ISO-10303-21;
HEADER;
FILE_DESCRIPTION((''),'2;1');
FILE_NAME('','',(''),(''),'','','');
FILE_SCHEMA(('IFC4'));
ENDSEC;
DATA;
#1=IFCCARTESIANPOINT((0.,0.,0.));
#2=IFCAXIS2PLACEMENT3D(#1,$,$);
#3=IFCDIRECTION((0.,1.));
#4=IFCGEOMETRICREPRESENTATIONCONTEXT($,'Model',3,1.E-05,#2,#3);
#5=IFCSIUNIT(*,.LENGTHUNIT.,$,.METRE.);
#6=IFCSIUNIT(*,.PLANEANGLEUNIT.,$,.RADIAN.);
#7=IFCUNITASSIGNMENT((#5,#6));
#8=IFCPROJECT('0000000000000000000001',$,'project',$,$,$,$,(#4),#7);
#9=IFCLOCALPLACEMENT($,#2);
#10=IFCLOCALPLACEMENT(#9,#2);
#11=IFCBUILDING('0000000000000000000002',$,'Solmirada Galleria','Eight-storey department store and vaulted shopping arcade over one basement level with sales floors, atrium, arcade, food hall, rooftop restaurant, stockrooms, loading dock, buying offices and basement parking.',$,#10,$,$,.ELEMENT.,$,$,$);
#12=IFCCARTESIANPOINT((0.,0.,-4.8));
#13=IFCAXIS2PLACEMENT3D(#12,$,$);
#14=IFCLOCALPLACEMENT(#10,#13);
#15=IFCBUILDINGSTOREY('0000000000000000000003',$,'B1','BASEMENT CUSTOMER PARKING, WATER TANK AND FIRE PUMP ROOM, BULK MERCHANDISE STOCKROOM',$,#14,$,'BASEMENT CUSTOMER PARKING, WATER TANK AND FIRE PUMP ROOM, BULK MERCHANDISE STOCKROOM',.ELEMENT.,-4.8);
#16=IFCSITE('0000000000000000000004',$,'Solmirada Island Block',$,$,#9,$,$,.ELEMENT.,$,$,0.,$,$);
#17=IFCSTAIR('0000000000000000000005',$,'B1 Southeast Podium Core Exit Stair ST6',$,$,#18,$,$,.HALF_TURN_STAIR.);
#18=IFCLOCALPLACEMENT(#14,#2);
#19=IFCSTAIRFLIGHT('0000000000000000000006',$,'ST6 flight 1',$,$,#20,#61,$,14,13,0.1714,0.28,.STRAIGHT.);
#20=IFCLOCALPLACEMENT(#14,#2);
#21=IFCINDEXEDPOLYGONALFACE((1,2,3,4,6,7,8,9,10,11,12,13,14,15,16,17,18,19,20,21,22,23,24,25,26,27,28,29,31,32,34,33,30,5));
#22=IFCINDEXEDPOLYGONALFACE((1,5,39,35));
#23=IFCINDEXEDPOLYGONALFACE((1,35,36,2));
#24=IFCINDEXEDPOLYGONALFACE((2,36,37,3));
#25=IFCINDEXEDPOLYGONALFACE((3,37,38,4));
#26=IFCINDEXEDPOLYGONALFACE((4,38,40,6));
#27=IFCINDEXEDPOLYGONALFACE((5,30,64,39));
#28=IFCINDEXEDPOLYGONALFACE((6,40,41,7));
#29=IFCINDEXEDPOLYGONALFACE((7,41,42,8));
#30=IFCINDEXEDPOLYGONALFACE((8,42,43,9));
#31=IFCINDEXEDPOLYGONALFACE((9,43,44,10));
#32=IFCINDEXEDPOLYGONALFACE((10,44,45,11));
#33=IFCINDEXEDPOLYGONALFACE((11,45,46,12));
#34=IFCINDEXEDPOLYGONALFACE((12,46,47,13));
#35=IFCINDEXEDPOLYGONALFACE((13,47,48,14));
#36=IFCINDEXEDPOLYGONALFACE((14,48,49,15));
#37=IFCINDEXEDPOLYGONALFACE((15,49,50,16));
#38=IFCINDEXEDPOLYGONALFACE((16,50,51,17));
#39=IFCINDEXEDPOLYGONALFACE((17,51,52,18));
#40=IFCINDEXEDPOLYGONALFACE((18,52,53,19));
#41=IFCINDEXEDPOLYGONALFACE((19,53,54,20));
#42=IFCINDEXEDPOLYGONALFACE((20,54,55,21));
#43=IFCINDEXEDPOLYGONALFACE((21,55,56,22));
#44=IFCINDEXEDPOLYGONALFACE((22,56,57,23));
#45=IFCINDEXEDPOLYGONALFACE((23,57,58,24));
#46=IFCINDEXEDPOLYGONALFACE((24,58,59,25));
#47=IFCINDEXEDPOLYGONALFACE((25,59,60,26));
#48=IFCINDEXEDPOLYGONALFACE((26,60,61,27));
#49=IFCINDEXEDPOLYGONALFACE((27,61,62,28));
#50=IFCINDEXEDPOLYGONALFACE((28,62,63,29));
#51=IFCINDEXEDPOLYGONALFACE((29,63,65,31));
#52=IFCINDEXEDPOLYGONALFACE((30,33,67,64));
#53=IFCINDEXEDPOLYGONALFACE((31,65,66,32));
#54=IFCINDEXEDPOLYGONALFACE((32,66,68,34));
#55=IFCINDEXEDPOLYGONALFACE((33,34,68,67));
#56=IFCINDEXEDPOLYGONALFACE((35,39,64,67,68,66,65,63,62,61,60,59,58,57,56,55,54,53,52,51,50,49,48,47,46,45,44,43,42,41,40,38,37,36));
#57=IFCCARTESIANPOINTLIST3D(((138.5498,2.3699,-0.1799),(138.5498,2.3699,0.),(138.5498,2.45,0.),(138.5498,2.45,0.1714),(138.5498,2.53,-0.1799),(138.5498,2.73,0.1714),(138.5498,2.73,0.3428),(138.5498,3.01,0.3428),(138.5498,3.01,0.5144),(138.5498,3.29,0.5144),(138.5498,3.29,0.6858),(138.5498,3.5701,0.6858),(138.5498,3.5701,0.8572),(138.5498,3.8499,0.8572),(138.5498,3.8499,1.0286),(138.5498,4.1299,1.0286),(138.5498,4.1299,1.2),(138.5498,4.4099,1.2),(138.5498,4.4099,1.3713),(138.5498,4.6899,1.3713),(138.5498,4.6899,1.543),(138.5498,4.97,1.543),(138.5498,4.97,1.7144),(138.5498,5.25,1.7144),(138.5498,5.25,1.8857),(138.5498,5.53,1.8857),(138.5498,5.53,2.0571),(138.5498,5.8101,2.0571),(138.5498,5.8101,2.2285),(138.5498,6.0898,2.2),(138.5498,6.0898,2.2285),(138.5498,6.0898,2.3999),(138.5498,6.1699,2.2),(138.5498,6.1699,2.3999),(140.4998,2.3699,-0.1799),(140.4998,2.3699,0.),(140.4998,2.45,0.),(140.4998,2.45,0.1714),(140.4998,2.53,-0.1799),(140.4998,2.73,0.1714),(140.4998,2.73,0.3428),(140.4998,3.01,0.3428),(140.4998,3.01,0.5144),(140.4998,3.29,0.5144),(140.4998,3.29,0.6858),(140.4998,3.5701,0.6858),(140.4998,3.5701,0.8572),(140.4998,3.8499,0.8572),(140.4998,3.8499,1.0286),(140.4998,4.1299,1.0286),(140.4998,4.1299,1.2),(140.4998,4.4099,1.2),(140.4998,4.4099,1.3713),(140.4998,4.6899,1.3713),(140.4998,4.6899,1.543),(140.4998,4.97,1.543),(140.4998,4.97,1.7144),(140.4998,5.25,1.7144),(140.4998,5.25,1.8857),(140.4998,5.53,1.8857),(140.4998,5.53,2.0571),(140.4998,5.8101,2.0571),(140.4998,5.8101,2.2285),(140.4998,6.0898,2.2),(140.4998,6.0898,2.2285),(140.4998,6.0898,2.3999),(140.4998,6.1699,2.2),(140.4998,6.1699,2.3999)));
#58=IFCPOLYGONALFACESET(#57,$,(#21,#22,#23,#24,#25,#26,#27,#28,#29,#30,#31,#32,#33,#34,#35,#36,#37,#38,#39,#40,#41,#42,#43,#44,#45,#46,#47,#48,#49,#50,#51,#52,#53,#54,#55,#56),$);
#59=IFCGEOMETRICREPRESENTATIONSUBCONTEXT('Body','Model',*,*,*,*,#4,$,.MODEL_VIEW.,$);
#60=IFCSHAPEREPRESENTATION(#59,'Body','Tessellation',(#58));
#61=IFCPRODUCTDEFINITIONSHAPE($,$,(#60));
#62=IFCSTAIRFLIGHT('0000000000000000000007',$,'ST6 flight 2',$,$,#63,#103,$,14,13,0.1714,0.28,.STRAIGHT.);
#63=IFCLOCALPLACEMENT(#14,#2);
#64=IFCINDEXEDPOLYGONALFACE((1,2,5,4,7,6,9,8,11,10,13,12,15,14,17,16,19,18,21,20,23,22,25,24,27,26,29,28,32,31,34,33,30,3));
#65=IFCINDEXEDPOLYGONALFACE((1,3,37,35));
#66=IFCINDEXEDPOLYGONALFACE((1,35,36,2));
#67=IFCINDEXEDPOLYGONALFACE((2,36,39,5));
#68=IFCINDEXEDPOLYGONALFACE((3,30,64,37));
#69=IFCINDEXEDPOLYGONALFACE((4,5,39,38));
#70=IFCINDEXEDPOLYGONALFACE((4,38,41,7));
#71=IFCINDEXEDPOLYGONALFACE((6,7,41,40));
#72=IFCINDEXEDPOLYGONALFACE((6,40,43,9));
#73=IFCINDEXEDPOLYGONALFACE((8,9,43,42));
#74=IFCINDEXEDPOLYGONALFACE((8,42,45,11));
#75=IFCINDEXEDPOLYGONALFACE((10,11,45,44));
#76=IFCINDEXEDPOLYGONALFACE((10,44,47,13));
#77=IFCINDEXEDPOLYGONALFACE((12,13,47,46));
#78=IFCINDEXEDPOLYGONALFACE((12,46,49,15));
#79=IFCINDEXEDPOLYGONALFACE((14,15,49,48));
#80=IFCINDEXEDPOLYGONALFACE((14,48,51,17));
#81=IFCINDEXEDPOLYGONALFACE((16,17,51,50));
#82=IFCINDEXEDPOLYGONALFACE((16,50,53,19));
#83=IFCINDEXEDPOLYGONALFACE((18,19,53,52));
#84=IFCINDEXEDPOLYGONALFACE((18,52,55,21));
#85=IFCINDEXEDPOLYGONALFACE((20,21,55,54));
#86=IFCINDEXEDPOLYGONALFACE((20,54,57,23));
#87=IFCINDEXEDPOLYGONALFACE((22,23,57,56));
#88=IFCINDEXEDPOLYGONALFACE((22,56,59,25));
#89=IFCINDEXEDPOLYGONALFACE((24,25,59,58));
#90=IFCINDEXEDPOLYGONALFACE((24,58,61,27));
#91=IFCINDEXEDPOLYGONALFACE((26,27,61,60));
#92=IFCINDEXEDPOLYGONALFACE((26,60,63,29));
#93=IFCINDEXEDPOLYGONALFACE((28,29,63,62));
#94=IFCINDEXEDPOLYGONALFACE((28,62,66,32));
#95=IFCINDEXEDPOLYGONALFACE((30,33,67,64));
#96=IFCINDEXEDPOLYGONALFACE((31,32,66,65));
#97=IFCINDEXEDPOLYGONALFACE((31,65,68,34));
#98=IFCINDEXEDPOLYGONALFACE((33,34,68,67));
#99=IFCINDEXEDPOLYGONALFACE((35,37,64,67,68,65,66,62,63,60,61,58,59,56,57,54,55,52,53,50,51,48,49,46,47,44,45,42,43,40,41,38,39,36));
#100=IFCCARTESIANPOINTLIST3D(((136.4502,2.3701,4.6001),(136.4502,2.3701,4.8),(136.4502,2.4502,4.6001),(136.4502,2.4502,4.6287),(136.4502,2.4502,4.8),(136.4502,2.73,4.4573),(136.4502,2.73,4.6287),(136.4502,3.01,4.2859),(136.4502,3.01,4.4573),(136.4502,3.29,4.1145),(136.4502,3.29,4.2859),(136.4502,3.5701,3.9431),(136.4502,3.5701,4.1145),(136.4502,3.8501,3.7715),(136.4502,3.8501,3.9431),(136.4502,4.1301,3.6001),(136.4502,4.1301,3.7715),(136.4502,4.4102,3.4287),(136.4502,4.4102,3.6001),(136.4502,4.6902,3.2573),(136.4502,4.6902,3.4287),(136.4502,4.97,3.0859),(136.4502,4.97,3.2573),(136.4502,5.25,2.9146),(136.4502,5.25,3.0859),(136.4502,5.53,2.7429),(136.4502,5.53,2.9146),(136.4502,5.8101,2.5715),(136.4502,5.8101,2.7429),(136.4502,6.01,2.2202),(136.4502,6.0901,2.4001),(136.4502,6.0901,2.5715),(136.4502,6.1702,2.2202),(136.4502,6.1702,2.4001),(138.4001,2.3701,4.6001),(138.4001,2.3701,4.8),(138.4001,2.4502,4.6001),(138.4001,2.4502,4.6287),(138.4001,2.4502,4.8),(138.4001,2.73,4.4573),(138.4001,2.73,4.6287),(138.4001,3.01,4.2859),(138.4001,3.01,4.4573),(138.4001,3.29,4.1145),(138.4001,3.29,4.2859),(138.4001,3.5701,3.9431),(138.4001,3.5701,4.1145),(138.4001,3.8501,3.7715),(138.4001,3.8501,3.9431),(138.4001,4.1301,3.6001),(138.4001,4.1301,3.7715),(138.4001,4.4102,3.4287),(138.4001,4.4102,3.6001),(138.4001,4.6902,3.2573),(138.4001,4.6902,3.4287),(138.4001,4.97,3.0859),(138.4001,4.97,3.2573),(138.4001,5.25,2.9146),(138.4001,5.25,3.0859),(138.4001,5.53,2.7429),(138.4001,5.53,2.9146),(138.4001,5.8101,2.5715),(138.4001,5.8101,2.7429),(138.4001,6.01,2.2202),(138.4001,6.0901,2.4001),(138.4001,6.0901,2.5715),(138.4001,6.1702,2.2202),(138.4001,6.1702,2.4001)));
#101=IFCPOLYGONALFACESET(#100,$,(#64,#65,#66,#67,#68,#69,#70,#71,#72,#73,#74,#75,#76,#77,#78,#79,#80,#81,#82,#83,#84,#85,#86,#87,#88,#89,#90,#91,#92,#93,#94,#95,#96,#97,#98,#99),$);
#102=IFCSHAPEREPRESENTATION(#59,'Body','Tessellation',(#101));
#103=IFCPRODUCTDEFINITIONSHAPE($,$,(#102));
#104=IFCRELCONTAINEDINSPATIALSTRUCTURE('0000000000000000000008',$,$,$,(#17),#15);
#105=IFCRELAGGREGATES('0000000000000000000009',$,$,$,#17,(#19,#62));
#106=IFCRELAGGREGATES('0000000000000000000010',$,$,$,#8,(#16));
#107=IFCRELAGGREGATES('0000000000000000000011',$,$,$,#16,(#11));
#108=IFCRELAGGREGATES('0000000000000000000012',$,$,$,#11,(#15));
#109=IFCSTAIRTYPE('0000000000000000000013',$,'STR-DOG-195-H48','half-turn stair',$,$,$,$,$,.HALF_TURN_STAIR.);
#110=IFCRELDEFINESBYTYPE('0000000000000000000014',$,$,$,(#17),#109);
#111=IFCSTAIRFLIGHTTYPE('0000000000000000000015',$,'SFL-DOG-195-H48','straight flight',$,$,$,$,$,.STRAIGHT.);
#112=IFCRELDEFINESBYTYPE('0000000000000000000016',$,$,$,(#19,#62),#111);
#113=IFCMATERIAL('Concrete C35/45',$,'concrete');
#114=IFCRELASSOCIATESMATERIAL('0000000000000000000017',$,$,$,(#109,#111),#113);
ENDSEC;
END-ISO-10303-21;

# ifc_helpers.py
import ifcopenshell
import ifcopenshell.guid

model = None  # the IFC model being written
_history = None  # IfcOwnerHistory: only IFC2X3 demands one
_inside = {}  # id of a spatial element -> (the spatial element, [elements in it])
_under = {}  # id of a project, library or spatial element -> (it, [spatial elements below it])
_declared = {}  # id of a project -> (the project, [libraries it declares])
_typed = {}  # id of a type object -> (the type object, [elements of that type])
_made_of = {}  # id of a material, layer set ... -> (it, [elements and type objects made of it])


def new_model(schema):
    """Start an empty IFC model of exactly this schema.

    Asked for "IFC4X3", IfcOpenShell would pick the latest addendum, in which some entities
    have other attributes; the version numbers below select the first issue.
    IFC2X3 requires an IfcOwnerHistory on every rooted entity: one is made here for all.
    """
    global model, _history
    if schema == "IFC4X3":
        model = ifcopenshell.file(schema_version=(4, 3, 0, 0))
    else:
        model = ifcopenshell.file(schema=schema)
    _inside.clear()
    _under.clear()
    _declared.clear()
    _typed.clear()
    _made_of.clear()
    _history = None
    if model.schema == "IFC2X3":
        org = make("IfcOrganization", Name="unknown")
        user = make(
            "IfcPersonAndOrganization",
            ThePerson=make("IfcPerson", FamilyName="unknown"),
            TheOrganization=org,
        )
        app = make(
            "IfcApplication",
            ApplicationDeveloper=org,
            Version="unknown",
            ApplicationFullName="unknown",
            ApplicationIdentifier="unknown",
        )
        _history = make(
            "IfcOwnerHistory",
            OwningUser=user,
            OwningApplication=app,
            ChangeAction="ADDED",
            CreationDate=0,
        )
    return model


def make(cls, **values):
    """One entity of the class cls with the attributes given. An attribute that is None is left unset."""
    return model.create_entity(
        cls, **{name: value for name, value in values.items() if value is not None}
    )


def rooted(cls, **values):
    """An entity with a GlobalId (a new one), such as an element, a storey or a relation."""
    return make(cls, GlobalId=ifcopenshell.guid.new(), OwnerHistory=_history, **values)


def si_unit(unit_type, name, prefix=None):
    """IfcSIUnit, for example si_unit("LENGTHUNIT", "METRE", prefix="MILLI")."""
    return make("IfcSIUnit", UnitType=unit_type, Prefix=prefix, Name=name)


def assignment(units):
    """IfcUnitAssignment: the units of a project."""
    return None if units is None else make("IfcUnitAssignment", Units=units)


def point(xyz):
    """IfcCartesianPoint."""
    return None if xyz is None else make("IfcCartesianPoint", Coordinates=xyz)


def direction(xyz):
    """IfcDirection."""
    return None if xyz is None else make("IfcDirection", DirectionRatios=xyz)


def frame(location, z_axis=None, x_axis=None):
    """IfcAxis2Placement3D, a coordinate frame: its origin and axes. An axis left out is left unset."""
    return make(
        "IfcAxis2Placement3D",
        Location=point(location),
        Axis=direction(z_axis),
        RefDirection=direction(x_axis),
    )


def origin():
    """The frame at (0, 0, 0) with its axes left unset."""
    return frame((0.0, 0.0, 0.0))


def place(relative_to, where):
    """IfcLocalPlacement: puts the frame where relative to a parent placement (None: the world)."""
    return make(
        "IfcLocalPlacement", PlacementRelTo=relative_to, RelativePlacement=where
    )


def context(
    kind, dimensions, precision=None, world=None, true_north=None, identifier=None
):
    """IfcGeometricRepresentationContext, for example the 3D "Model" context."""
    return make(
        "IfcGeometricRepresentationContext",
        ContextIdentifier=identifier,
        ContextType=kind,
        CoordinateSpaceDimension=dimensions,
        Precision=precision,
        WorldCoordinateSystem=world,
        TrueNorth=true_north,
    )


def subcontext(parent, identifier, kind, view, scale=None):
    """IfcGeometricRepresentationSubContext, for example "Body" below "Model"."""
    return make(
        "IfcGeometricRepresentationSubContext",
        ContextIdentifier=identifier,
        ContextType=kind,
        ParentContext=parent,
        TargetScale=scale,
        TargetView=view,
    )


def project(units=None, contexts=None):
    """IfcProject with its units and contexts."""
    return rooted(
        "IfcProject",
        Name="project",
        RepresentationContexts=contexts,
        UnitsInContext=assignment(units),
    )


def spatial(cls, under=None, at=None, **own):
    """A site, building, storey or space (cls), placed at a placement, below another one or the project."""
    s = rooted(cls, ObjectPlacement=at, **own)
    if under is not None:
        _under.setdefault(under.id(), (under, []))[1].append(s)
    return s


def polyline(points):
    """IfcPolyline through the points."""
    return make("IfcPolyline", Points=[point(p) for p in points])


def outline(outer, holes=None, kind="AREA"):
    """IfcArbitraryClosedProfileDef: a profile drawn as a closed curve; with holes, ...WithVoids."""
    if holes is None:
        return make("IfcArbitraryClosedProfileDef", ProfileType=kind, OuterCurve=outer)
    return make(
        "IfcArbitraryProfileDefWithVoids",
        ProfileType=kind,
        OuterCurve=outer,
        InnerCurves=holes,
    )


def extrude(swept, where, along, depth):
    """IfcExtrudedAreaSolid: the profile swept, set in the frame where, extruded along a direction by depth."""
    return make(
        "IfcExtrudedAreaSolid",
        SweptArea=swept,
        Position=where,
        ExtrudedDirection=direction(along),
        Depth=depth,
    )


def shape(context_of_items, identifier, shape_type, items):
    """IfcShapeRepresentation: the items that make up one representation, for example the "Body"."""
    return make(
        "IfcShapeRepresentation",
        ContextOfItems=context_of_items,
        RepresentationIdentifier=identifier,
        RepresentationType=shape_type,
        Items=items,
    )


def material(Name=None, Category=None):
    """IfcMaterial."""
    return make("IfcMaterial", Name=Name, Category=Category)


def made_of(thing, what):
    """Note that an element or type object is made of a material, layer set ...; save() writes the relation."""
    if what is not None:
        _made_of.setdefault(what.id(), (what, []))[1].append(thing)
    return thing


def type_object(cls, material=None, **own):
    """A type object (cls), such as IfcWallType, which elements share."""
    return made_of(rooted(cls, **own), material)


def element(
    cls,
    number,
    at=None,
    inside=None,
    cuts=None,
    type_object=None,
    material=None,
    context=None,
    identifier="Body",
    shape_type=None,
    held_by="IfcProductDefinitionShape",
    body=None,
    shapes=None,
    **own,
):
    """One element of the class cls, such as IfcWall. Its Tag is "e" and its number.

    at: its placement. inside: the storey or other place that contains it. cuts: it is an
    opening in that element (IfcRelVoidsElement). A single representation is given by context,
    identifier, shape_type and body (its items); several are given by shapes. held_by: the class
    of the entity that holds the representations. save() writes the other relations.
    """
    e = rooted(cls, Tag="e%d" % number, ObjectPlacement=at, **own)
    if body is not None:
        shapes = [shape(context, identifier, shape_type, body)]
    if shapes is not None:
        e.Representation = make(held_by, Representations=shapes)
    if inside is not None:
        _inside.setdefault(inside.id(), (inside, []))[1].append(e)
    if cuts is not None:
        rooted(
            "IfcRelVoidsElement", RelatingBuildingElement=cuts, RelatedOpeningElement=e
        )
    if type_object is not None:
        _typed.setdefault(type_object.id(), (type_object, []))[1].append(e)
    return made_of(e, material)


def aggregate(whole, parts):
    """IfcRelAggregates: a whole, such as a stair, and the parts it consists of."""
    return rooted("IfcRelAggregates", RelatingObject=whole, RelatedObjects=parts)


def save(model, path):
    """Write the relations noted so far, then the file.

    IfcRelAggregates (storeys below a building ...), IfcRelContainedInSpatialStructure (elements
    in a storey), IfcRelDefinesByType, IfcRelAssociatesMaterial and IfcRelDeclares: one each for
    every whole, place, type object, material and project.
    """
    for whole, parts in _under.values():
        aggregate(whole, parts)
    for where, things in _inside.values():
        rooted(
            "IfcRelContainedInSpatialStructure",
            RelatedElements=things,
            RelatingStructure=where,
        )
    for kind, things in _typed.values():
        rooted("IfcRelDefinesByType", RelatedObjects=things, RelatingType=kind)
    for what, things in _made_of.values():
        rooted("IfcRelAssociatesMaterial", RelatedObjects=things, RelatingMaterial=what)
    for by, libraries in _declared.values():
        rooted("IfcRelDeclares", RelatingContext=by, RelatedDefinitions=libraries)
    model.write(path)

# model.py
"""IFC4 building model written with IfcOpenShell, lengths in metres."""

from ifc_helpers import new_model, si_unit, direction, frame, origin, place, context, subcontext, project, spatial, polyline, outline, extrude, material, type_object, element, aggregate, save


model = new_model("IFC4")

# Units and contexts
model_context = context("Model", 3, precision=1e-05, world=origin(), true_north=direction((0.0, 1.0)))
body_context = subcontext(model_context, "Body", "Model", "MODEL_VIEW")
ifc_project = project(units=[si_unit("LENGTHUNIT", "METRE"), si_unit("PLANEANGLEUNIT", "RADIAN")], contexts=[model_context])

# Site, building, storey
site_placement = place(None, origin())
site = spatial("IfcSite", under=ifc_project, at=site_placement, Name="Solmirada Island Block", CompositionType="ELEMENT", RefElevation=0.0)
building_placement = place(site_placement, origin())
building = spatial("IfcBuilding", under=site, at=building_placement, Name="Solmirada Galleria", Description="Eight-storey department store and vaulted shopping arcade over one basement level with sales floors, atrium, arcade, food hall, rooftop restaurant, stockrooms, loading dock, buying offices and basement parking.", CompositionType="ELEMENT")
storey_placement = place(building_placement, frame((0.0, 0.0, -4.8)))
storey = spatial("IfcBuildingStorey", under=building, at=storey_placement, Name="B1", Description="BASEMENT CUSTOMER PARKING, WATER TANK AND FIRE PUMP ROOM, BULK MERCHANDISE STOCKROOM", LongName="BASEMENT CUSTOMER PARKING, WATER TANK AND FIRE PUMP ROOM, BULK MERCHANDISE STOCKROOM", CompositionType="ELEMENT", Elevation=-4.8)

# Shared definitions
ifc_material_1 = material(Name="Concrete C35/45", Category="concrete")

# Stair, stair flights
stair_type = type_object("IfcStairType", Name="STR-DOG-195-H48", Description="half-turn stair", PredefinedType="HALF_TURN_STAIR", material=ifc_material_1)
stair_placement = place(storey_placement, origin())
stair = element("IfcStair", 1, at=stair_placement, inside=storey, type_object=stair_type, Name="B1 Southeast Podium Core Exit Stair ST6", PredefinedType="HALF_TURN_STAIR")
stair_flight_type = type_object("IfcStairFlightType", Name="SFL-DOG-195-H48", Description="straight flight", PredefinedType="STRAIGHT", material=ifc_material_1)
stair_flight_1_placement = place(storey_placement, frame((139.5249, 2.45, 0.0), z_axis=(0.0, 0.0, 1.0), x_axis=(0.0, 1.0, 0.0)))
stair_flight_1 = element("IfcStairFlight", 2, at=stair_flight_1_placement, type_object=stair_flight_type, Name="ST6 flight 1", NumberOfRisers=14, NumberOfTreads=13, PredefinedType="STRAIGHT", RiserHeight=0.1714, TreadLength=0.28, context=body_context, shape_type="SweptSolid", body=[
    extrude(outline(polyline([(-0.0801, 0.0), (0.0, 0.0), (0.0, 0.1714), (0.28, 0.1714), (0.28, 0.3428), (0.5601, 0.3428), (0.5601, 0.5144), (0.8401, 0.5144), (0.8401, 0.6858), (1.1201, 0.6858), (1.1201, 0.8572), (1.3999, 0.8572), (1.3999, 1.0286), (1.6799, 1.0286), (1.6799, 1.2), (1.96, 1.2), (1.96, 1.3713), (2.24, 1.3713), (2.24, 1.543), (2.52, 1.543), (2.52, 1.7144), (2.8, 1.7144), (2.8, 1.8857), (3.0801, 1.8857), (3.0801, 2.0571), (3.3601, 2.0571), (3.3601, 2.2285), (3.6399, 2.2285), (3.6399, 2.3999), (3.72, 2.3999), (3.72, 2.2), (3.6399, 2.2), (0.0801, -0.1799), (-0.0801, -0.1799), (-0.0801, 0.0)])), frame((0.0, 0.9751, 0.0), z_axis=(0.0, -1.0, 0.0), x_axis=(1.0, 0.0, 0.0)), (0.0, 0.0, 1.0), 1.95),
])
stair_flight_2_placement = place(storey_placement, frame((137.425, 6.0901, 2.4001), z_axis=(0.0, 0.0, 1.0), x_axis=(0.0, -1.0, 0.0)))
stair_flight_2 = element("IfcStairFlight", 3, at=stair_flight_2_placement, type_object=stair_flight_type, Name="ST6 flight 2", NumberOfRisers=14, NumberOfTreads=13, PredefinedType="STRAIGHT", RiserHeight=0.1714, TreadLength=0.28, context=body_context, shape_type="SweptSolid", body=[
    extrude(outline(polyline([(-0.0801, 0.0), (0.0, 0.0), (0.0, 0.1714), (0.28, 0.1714), (0.28, 0.3428), (0.5601, 0.3428), (0.5601, 0.5144), (0.8401, 0.5144), (0.8401, 0.6858), (1.1201, 0.6858), (1.1201, 0.8572), (1.3999, 0.8572), (1.3999, 1.0286), (1.6799, 1.0286), (1.6799, 1.2), (1.96, 1.2), (1.96, 1.3713), (2.24, 1.3713), (2.24, 1.543), (2.52, 1.543), (2.52, 1.7144), (2.8, 1.7144), (2.8, 1.8857), (3.0801, 1.8857), (3.0801, 2.0571), (3.3601, 2.0571), (3.3601, 2.2285), (3.6399, 2.2285), (3.6399, 2.3999), (3.72, 2.3999), (3.72, 2.2), (3.6399, 2.2), (0.0801, -0.1799), (-0.0801, -0.1799), (-0.0801, 0.0)])), frame((0.0, 0.9751, 0.0), z_axis=(0.0, -1.0, 0.0), x_axis=(1.0, 0.0, 0.0)), (0.0, 0.0, 1.0), 1.95),
])
aggregate(stair, [stair_flight_1, stair_flight_2])

save(model, "model.ifc")
